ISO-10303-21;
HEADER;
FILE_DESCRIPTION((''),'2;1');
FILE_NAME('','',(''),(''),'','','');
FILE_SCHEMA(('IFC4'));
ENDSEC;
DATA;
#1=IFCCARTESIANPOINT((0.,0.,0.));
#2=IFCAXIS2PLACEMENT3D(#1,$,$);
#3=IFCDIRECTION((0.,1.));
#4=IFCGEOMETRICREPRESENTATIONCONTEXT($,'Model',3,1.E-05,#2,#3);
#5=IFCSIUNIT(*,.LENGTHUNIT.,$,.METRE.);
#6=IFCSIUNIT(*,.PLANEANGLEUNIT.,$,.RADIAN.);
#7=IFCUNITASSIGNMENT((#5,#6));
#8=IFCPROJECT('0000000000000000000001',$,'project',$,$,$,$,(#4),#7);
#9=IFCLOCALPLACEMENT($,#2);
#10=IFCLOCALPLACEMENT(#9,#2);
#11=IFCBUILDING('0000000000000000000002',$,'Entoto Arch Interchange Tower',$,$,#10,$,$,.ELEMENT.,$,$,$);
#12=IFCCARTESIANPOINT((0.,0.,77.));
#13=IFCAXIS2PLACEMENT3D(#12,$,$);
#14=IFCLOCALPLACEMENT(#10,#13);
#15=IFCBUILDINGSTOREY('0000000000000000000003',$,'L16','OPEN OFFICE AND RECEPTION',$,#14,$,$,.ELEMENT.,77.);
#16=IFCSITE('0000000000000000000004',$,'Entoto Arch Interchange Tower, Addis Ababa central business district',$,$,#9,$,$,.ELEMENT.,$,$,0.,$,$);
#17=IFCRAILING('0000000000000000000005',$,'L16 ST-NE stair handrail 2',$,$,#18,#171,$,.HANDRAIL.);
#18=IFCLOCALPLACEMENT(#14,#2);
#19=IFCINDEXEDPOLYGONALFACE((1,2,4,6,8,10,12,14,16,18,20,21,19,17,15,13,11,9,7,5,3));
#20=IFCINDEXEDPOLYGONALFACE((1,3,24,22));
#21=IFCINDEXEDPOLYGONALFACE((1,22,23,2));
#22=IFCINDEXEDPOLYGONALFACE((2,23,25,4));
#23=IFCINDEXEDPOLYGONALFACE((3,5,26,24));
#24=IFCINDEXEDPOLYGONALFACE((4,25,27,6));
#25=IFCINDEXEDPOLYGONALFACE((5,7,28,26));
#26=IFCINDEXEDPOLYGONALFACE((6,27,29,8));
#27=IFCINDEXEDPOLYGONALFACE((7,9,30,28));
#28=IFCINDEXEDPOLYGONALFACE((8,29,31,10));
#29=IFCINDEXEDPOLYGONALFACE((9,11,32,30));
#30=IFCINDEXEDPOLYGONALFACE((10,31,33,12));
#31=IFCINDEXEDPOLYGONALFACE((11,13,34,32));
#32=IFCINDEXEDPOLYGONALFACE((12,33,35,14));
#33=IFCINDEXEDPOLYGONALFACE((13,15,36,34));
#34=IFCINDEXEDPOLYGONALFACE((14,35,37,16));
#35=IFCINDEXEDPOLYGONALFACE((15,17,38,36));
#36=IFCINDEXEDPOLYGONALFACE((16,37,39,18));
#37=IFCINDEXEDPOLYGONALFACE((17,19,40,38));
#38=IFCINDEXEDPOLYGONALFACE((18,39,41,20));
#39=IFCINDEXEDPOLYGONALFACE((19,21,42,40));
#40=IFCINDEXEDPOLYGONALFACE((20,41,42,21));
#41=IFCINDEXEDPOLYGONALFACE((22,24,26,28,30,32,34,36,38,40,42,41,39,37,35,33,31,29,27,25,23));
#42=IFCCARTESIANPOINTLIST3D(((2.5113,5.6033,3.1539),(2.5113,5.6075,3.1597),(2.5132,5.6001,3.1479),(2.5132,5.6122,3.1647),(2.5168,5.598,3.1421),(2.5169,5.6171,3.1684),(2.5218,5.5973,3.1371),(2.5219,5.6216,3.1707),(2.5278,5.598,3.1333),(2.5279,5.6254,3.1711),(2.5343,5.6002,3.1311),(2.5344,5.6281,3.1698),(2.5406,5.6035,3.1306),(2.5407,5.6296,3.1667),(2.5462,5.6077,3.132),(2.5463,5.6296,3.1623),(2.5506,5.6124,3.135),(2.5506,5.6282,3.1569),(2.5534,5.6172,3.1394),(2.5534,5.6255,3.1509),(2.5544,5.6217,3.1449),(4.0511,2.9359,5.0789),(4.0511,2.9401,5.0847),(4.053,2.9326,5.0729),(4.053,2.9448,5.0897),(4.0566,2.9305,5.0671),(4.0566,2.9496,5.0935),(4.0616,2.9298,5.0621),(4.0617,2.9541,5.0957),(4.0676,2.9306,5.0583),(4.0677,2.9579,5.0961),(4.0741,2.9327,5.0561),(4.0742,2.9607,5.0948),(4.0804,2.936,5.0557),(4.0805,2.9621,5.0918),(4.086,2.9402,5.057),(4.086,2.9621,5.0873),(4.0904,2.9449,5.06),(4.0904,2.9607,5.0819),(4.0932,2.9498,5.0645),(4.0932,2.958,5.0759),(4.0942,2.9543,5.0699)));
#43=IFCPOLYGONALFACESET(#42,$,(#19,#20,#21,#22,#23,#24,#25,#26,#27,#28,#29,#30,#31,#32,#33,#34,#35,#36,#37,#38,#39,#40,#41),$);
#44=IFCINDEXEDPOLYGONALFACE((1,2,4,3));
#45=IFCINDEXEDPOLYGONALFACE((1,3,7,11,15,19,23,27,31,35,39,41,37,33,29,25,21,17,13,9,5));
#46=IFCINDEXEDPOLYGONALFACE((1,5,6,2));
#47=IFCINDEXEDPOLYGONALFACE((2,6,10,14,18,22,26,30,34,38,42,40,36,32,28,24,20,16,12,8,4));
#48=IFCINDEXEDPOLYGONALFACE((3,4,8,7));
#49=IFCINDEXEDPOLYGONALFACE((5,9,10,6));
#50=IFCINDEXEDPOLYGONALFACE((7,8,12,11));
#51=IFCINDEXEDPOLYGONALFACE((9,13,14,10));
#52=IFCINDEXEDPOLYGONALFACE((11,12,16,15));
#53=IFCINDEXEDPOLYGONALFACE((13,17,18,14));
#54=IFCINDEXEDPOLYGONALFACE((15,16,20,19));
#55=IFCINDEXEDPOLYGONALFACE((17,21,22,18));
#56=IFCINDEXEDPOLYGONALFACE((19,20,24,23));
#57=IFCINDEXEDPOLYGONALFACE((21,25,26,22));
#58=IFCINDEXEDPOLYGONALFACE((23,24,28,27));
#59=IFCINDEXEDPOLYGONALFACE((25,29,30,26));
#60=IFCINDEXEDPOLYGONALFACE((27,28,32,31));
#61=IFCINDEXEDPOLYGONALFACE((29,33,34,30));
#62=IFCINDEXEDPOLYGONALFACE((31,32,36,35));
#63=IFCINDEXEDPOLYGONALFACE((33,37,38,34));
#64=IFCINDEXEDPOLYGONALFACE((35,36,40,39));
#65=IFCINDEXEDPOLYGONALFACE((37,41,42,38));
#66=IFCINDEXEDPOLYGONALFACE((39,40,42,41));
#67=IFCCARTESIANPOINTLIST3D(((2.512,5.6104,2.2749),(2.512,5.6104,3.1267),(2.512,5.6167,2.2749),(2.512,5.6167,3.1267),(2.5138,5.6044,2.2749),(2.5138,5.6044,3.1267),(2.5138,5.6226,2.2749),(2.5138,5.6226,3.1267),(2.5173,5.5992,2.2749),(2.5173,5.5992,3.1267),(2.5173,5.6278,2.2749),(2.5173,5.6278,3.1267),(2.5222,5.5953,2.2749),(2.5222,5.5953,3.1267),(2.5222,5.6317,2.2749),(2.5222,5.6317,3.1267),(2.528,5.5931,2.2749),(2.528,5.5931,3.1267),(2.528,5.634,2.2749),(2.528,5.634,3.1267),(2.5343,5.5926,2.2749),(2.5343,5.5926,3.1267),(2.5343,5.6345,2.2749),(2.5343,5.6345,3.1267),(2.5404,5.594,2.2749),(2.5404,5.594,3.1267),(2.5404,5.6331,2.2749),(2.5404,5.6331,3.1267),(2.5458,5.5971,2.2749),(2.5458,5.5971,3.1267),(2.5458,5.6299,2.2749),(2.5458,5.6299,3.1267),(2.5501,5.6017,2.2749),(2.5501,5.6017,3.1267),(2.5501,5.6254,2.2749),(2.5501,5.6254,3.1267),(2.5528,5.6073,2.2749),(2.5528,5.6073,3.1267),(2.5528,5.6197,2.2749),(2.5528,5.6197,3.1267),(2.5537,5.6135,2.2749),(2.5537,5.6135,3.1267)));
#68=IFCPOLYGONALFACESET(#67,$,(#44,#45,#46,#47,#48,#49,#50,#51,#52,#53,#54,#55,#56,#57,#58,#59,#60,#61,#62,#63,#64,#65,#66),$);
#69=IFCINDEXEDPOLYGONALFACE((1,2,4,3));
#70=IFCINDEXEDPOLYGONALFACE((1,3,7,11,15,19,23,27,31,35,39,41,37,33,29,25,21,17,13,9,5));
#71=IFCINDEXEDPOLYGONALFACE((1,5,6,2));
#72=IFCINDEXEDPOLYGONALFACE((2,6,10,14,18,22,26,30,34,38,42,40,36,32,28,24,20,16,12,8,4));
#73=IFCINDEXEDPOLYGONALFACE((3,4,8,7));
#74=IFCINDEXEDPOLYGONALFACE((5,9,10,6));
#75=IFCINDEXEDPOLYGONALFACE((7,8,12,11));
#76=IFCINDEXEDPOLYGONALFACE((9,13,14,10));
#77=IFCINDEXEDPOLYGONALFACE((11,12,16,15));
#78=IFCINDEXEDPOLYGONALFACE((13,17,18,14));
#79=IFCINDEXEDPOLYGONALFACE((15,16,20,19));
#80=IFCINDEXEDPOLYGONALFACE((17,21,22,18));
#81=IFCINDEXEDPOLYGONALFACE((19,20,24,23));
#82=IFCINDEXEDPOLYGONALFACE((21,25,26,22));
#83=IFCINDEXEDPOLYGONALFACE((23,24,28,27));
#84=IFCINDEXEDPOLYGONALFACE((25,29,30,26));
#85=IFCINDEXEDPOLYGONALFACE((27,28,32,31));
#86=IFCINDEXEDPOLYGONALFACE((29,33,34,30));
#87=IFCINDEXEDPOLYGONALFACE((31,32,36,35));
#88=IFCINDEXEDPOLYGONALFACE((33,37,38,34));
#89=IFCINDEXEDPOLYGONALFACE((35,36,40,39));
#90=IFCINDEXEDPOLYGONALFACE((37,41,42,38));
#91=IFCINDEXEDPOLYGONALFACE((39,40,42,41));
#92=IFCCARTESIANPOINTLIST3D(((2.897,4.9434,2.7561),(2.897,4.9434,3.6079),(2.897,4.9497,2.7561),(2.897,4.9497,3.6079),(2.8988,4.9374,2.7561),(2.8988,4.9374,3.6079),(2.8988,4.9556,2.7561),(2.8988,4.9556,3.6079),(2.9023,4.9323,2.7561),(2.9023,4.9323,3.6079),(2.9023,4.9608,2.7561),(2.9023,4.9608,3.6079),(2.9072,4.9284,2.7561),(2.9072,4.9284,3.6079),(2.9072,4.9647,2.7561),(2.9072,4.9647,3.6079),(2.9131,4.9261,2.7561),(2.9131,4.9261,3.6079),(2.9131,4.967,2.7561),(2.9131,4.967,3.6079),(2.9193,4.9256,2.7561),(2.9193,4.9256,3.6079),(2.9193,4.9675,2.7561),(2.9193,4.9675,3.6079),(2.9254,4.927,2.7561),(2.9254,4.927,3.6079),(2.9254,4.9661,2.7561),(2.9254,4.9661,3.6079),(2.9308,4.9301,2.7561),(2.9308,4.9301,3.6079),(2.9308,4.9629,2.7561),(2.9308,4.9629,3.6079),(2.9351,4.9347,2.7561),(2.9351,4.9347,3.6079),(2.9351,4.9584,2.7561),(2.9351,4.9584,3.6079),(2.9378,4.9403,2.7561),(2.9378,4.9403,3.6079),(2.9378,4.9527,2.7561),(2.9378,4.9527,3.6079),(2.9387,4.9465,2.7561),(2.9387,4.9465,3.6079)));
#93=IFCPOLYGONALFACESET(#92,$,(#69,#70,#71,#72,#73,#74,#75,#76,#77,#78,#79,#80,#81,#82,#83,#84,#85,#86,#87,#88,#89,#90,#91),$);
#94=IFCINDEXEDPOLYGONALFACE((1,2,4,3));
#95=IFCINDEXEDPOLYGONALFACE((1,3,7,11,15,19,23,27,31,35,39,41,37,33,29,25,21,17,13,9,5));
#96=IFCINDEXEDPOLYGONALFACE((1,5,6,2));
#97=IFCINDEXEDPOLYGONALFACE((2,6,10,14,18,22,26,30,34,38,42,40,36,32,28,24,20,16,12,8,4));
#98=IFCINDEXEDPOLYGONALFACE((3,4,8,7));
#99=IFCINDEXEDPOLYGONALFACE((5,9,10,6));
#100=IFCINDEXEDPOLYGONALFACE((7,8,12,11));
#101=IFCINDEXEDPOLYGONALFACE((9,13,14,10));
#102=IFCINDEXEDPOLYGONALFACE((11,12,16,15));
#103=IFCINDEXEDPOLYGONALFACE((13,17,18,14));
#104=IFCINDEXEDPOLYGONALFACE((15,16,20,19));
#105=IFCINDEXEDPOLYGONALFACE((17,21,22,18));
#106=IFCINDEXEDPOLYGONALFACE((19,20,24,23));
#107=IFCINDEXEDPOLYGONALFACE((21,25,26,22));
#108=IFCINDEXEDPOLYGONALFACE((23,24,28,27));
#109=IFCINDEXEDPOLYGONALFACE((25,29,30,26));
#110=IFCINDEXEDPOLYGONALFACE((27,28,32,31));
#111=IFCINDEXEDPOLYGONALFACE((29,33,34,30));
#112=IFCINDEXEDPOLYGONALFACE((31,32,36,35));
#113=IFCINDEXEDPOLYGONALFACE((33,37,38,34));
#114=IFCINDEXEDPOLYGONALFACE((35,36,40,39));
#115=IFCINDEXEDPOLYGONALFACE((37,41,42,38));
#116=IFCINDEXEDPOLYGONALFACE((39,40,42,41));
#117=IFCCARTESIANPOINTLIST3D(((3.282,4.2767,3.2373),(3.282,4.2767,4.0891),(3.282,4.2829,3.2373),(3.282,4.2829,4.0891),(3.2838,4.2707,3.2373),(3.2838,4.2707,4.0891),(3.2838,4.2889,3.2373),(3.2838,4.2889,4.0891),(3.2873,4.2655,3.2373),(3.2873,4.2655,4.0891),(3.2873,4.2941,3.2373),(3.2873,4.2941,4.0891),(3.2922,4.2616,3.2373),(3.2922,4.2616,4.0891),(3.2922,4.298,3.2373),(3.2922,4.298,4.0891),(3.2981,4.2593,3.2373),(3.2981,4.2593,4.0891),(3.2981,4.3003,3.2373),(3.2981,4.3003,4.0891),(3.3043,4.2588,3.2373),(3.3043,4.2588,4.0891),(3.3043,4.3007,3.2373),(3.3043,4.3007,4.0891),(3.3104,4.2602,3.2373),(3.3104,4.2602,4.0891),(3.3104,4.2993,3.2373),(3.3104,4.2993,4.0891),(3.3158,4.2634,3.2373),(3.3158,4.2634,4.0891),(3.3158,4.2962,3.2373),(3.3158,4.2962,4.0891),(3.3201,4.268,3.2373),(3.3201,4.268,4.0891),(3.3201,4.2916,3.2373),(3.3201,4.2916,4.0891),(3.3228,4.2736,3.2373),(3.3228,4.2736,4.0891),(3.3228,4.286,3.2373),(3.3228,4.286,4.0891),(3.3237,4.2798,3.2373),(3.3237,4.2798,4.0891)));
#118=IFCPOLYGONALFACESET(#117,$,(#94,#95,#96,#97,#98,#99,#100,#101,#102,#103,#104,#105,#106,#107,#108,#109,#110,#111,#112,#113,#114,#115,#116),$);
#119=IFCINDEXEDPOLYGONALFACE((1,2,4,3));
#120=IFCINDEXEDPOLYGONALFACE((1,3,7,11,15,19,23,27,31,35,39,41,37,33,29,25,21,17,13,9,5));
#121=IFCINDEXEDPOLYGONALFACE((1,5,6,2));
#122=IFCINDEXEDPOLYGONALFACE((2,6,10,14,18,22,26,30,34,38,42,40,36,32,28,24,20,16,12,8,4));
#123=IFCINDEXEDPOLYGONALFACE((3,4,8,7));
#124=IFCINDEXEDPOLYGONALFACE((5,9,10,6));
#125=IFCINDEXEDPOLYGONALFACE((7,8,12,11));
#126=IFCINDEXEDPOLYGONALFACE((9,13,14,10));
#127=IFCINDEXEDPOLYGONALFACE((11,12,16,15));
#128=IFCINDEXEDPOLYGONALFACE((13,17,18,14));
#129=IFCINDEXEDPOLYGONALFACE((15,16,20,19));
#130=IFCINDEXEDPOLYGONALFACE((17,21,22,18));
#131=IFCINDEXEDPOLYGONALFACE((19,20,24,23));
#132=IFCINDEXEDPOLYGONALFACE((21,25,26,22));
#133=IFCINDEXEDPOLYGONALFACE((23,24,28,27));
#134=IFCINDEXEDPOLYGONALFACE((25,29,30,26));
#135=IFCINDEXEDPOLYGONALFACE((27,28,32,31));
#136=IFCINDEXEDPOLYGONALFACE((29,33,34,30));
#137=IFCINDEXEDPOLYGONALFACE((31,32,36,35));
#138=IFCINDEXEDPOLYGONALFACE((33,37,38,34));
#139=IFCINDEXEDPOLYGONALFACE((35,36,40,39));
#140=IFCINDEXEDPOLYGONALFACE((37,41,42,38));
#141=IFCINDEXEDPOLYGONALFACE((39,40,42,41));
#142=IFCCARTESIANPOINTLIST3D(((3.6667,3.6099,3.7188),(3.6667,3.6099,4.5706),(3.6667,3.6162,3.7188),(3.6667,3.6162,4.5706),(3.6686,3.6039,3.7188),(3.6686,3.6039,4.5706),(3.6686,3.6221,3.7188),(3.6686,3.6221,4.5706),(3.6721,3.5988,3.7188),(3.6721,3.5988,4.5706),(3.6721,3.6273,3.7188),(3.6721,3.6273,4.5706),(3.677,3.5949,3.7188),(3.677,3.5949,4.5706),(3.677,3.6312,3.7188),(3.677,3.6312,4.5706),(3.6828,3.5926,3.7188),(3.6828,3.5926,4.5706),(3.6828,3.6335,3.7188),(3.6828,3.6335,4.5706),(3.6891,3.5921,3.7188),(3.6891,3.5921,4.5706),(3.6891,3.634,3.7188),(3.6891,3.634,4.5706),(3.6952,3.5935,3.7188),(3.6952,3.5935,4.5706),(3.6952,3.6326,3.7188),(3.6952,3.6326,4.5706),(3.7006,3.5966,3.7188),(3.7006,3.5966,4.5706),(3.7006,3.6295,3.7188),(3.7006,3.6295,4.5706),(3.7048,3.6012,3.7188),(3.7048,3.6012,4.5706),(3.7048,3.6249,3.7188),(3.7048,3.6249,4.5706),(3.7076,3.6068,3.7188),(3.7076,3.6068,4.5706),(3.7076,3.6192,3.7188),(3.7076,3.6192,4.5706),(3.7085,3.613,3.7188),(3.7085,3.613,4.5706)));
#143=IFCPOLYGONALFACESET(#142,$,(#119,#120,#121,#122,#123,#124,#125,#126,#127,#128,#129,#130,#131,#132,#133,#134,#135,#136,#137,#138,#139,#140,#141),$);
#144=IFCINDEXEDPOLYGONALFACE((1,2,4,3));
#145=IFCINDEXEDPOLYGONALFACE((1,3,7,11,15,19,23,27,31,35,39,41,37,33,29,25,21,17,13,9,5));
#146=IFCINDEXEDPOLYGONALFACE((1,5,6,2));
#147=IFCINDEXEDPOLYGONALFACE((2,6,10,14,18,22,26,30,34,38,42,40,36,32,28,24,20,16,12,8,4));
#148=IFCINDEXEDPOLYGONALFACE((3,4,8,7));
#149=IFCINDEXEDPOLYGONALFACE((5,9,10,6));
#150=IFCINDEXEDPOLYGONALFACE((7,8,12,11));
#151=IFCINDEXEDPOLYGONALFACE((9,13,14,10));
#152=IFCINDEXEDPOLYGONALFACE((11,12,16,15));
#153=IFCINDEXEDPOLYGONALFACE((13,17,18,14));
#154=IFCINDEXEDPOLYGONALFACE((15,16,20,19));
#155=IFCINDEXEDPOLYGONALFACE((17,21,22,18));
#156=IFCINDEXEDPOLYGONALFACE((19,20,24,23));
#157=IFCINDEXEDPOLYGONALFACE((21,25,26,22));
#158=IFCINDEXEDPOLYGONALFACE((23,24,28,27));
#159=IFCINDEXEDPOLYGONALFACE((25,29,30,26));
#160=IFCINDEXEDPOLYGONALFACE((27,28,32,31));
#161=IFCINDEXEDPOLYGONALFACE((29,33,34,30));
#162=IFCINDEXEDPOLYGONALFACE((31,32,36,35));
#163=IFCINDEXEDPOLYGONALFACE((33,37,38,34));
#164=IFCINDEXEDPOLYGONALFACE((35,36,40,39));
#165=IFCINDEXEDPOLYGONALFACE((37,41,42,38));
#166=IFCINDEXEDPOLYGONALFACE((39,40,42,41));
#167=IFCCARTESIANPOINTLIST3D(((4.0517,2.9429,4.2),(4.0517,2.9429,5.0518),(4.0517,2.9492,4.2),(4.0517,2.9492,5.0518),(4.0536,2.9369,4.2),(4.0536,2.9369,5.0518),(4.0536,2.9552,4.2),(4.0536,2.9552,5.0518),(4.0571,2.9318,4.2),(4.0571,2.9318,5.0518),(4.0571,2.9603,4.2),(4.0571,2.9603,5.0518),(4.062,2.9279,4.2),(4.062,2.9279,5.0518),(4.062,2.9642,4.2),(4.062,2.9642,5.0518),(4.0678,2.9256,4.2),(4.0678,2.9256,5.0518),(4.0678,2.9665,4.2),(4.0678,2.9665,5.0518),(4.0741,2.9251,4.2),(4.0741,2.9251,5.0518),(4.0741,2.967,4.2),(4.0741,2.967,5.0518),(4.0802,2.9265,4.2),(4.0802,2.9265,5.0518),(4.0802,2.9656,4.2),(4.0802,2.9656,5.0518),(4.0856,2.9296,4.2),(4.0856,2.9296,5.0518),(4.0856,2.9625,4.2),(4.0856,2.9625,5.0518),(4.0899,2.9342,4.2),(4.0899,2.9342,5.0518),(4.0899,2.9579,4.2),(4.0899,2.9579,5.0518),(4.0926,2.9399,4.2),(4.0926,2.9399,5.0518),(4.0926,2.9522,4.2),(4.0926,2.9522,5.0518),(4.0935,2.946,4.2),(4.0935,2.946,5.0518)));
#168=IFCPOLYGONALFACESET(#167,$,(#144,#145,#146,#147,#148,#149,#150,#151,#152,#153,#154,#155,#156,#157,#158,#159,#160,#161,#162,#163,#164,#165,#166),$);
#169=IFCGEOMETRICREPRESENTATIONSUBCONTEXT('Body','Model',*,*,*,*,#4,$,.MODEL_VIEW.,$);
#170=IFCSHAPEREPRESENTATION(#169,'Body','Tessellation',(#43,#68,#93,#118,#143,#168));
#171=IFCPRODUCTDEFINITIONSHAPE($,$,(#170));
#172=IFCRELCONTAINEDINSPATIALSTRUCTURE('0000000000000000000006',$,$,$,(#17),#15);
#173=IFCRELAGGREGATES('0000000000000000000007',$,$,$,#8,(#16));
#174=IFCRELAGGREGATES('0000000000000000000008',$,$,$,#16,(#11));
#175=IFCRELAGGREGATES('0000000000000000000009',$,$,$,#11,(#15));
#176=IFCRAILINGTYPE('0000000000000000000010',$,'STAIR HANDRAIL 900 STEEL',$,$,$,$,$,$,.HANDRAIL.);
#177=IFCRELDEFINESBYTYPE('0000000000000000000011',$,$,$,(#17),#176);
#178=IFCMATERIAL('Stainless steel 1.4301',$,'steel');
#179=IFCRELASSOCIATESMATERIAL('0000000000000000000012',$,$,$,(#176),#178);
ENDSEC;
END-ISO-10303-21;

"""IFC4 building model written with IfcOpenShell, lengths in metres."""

from ifc_helpers import new_model, si_unit, direction, frame, origin, origin_2d, place, context, subcontext, project, spatial, circle, extrude, material, type_object, element, save


model = new_model("IFC4")

# Units and contexts
model_context = context("Model", 3, precision=1e-05, world=origin(), true_north=direction((0.0, 1.0)))
body_context = subcontext(model_context, "Body", "Model", "MODEL_VIEW")
ifc_project = project(units=[si_unit("LENGTHUNIT", "METRE"), si_unit("PLANEANGLEUNIT", "RADIAN")], contexts=[model_context])

# Site, building, storey
site_placement = place(None, origin())
site = spatial("IfcSite", under=ifc_project, at=site_placement, Name="Entoto Arch Interchange Tower, Addis Ababa central business district", CompositionType="ELEMENT", RefElevation=0.0)
building_placement = place(site_placement, origin())
building = spatial("IfcBuilding", under=site, at=building_placement, Name="Entoto Arch Interchange Tower", CompositionType="ELEMENT")
storey_placement = place(building_placement, frame((0.0, 0.0, 77.0)))
storey = spatial("IfcBuildingStorey", under=building, at=storey_placement, Name="L16", Description="OPEN OFFICE AND RECEPTION", CompositionType="ELEMENT", Elevation=77.0)

# Railing
ifc_material_1 = material(Name="Stainless steel 1.4301", Category="steel")
railing_type_1 = type_object("IfcRailingType", Name="STAIR HANDRAIL 900 STEEL", PredefinedType="HANDRAIL", material=ifc_material_1)
railing_1_placement = place(storey_placement, frame((2.5327, 5.6135, 2.2749)))
element("IfcRailing", 1, at=railing_1_placement, inside=storey, type_object=railing_type_1, Name="L16 ST-NE stair handrail 2", PredefinedType="HANDRAIL", context=body_context, shape_type="SweptSolid", body=[
    extrude(circle(Radius=0.0239, at=origin_2d()), frame((0.0, 0.0, 0.876), z_axis=(0.423939, -0.734416, 0.530008), x_axis=(0.866064, 0.499933, 0.0)), (0.0, 0.0, 1.0), 3.6321),
    extrude(circle(Radius=0.021, at=origin_2d()), origin(), (0.0, 0.0, 1.0), 0.8518),
    extrude(circle(Radius=0.021, at=origin_2d()), frame((0.385, -0.667, 0.4812)), (0.0, 0.0, 1.0), 0.8518),
    extrude(circle(Radius=0.021, at=origin_2d()), frame((0.77, -1.3337, 0.9624)), (0.0, 0.0, 1.0), 0.8518),
    extrude(circle(Radius=0.021, at=origin_2d()), frame((1.1548, -2.0005, 1.4438)), (0.0, 0.0, 1.0), 0.8518),
    extrude(circle(Radius=0.021, at=origin_2d()), frame((1.5398, -2.6675, 1.925)), (0.0, 0.0, 1.0), 0.8518),
])

save(model, "model.ifc")
